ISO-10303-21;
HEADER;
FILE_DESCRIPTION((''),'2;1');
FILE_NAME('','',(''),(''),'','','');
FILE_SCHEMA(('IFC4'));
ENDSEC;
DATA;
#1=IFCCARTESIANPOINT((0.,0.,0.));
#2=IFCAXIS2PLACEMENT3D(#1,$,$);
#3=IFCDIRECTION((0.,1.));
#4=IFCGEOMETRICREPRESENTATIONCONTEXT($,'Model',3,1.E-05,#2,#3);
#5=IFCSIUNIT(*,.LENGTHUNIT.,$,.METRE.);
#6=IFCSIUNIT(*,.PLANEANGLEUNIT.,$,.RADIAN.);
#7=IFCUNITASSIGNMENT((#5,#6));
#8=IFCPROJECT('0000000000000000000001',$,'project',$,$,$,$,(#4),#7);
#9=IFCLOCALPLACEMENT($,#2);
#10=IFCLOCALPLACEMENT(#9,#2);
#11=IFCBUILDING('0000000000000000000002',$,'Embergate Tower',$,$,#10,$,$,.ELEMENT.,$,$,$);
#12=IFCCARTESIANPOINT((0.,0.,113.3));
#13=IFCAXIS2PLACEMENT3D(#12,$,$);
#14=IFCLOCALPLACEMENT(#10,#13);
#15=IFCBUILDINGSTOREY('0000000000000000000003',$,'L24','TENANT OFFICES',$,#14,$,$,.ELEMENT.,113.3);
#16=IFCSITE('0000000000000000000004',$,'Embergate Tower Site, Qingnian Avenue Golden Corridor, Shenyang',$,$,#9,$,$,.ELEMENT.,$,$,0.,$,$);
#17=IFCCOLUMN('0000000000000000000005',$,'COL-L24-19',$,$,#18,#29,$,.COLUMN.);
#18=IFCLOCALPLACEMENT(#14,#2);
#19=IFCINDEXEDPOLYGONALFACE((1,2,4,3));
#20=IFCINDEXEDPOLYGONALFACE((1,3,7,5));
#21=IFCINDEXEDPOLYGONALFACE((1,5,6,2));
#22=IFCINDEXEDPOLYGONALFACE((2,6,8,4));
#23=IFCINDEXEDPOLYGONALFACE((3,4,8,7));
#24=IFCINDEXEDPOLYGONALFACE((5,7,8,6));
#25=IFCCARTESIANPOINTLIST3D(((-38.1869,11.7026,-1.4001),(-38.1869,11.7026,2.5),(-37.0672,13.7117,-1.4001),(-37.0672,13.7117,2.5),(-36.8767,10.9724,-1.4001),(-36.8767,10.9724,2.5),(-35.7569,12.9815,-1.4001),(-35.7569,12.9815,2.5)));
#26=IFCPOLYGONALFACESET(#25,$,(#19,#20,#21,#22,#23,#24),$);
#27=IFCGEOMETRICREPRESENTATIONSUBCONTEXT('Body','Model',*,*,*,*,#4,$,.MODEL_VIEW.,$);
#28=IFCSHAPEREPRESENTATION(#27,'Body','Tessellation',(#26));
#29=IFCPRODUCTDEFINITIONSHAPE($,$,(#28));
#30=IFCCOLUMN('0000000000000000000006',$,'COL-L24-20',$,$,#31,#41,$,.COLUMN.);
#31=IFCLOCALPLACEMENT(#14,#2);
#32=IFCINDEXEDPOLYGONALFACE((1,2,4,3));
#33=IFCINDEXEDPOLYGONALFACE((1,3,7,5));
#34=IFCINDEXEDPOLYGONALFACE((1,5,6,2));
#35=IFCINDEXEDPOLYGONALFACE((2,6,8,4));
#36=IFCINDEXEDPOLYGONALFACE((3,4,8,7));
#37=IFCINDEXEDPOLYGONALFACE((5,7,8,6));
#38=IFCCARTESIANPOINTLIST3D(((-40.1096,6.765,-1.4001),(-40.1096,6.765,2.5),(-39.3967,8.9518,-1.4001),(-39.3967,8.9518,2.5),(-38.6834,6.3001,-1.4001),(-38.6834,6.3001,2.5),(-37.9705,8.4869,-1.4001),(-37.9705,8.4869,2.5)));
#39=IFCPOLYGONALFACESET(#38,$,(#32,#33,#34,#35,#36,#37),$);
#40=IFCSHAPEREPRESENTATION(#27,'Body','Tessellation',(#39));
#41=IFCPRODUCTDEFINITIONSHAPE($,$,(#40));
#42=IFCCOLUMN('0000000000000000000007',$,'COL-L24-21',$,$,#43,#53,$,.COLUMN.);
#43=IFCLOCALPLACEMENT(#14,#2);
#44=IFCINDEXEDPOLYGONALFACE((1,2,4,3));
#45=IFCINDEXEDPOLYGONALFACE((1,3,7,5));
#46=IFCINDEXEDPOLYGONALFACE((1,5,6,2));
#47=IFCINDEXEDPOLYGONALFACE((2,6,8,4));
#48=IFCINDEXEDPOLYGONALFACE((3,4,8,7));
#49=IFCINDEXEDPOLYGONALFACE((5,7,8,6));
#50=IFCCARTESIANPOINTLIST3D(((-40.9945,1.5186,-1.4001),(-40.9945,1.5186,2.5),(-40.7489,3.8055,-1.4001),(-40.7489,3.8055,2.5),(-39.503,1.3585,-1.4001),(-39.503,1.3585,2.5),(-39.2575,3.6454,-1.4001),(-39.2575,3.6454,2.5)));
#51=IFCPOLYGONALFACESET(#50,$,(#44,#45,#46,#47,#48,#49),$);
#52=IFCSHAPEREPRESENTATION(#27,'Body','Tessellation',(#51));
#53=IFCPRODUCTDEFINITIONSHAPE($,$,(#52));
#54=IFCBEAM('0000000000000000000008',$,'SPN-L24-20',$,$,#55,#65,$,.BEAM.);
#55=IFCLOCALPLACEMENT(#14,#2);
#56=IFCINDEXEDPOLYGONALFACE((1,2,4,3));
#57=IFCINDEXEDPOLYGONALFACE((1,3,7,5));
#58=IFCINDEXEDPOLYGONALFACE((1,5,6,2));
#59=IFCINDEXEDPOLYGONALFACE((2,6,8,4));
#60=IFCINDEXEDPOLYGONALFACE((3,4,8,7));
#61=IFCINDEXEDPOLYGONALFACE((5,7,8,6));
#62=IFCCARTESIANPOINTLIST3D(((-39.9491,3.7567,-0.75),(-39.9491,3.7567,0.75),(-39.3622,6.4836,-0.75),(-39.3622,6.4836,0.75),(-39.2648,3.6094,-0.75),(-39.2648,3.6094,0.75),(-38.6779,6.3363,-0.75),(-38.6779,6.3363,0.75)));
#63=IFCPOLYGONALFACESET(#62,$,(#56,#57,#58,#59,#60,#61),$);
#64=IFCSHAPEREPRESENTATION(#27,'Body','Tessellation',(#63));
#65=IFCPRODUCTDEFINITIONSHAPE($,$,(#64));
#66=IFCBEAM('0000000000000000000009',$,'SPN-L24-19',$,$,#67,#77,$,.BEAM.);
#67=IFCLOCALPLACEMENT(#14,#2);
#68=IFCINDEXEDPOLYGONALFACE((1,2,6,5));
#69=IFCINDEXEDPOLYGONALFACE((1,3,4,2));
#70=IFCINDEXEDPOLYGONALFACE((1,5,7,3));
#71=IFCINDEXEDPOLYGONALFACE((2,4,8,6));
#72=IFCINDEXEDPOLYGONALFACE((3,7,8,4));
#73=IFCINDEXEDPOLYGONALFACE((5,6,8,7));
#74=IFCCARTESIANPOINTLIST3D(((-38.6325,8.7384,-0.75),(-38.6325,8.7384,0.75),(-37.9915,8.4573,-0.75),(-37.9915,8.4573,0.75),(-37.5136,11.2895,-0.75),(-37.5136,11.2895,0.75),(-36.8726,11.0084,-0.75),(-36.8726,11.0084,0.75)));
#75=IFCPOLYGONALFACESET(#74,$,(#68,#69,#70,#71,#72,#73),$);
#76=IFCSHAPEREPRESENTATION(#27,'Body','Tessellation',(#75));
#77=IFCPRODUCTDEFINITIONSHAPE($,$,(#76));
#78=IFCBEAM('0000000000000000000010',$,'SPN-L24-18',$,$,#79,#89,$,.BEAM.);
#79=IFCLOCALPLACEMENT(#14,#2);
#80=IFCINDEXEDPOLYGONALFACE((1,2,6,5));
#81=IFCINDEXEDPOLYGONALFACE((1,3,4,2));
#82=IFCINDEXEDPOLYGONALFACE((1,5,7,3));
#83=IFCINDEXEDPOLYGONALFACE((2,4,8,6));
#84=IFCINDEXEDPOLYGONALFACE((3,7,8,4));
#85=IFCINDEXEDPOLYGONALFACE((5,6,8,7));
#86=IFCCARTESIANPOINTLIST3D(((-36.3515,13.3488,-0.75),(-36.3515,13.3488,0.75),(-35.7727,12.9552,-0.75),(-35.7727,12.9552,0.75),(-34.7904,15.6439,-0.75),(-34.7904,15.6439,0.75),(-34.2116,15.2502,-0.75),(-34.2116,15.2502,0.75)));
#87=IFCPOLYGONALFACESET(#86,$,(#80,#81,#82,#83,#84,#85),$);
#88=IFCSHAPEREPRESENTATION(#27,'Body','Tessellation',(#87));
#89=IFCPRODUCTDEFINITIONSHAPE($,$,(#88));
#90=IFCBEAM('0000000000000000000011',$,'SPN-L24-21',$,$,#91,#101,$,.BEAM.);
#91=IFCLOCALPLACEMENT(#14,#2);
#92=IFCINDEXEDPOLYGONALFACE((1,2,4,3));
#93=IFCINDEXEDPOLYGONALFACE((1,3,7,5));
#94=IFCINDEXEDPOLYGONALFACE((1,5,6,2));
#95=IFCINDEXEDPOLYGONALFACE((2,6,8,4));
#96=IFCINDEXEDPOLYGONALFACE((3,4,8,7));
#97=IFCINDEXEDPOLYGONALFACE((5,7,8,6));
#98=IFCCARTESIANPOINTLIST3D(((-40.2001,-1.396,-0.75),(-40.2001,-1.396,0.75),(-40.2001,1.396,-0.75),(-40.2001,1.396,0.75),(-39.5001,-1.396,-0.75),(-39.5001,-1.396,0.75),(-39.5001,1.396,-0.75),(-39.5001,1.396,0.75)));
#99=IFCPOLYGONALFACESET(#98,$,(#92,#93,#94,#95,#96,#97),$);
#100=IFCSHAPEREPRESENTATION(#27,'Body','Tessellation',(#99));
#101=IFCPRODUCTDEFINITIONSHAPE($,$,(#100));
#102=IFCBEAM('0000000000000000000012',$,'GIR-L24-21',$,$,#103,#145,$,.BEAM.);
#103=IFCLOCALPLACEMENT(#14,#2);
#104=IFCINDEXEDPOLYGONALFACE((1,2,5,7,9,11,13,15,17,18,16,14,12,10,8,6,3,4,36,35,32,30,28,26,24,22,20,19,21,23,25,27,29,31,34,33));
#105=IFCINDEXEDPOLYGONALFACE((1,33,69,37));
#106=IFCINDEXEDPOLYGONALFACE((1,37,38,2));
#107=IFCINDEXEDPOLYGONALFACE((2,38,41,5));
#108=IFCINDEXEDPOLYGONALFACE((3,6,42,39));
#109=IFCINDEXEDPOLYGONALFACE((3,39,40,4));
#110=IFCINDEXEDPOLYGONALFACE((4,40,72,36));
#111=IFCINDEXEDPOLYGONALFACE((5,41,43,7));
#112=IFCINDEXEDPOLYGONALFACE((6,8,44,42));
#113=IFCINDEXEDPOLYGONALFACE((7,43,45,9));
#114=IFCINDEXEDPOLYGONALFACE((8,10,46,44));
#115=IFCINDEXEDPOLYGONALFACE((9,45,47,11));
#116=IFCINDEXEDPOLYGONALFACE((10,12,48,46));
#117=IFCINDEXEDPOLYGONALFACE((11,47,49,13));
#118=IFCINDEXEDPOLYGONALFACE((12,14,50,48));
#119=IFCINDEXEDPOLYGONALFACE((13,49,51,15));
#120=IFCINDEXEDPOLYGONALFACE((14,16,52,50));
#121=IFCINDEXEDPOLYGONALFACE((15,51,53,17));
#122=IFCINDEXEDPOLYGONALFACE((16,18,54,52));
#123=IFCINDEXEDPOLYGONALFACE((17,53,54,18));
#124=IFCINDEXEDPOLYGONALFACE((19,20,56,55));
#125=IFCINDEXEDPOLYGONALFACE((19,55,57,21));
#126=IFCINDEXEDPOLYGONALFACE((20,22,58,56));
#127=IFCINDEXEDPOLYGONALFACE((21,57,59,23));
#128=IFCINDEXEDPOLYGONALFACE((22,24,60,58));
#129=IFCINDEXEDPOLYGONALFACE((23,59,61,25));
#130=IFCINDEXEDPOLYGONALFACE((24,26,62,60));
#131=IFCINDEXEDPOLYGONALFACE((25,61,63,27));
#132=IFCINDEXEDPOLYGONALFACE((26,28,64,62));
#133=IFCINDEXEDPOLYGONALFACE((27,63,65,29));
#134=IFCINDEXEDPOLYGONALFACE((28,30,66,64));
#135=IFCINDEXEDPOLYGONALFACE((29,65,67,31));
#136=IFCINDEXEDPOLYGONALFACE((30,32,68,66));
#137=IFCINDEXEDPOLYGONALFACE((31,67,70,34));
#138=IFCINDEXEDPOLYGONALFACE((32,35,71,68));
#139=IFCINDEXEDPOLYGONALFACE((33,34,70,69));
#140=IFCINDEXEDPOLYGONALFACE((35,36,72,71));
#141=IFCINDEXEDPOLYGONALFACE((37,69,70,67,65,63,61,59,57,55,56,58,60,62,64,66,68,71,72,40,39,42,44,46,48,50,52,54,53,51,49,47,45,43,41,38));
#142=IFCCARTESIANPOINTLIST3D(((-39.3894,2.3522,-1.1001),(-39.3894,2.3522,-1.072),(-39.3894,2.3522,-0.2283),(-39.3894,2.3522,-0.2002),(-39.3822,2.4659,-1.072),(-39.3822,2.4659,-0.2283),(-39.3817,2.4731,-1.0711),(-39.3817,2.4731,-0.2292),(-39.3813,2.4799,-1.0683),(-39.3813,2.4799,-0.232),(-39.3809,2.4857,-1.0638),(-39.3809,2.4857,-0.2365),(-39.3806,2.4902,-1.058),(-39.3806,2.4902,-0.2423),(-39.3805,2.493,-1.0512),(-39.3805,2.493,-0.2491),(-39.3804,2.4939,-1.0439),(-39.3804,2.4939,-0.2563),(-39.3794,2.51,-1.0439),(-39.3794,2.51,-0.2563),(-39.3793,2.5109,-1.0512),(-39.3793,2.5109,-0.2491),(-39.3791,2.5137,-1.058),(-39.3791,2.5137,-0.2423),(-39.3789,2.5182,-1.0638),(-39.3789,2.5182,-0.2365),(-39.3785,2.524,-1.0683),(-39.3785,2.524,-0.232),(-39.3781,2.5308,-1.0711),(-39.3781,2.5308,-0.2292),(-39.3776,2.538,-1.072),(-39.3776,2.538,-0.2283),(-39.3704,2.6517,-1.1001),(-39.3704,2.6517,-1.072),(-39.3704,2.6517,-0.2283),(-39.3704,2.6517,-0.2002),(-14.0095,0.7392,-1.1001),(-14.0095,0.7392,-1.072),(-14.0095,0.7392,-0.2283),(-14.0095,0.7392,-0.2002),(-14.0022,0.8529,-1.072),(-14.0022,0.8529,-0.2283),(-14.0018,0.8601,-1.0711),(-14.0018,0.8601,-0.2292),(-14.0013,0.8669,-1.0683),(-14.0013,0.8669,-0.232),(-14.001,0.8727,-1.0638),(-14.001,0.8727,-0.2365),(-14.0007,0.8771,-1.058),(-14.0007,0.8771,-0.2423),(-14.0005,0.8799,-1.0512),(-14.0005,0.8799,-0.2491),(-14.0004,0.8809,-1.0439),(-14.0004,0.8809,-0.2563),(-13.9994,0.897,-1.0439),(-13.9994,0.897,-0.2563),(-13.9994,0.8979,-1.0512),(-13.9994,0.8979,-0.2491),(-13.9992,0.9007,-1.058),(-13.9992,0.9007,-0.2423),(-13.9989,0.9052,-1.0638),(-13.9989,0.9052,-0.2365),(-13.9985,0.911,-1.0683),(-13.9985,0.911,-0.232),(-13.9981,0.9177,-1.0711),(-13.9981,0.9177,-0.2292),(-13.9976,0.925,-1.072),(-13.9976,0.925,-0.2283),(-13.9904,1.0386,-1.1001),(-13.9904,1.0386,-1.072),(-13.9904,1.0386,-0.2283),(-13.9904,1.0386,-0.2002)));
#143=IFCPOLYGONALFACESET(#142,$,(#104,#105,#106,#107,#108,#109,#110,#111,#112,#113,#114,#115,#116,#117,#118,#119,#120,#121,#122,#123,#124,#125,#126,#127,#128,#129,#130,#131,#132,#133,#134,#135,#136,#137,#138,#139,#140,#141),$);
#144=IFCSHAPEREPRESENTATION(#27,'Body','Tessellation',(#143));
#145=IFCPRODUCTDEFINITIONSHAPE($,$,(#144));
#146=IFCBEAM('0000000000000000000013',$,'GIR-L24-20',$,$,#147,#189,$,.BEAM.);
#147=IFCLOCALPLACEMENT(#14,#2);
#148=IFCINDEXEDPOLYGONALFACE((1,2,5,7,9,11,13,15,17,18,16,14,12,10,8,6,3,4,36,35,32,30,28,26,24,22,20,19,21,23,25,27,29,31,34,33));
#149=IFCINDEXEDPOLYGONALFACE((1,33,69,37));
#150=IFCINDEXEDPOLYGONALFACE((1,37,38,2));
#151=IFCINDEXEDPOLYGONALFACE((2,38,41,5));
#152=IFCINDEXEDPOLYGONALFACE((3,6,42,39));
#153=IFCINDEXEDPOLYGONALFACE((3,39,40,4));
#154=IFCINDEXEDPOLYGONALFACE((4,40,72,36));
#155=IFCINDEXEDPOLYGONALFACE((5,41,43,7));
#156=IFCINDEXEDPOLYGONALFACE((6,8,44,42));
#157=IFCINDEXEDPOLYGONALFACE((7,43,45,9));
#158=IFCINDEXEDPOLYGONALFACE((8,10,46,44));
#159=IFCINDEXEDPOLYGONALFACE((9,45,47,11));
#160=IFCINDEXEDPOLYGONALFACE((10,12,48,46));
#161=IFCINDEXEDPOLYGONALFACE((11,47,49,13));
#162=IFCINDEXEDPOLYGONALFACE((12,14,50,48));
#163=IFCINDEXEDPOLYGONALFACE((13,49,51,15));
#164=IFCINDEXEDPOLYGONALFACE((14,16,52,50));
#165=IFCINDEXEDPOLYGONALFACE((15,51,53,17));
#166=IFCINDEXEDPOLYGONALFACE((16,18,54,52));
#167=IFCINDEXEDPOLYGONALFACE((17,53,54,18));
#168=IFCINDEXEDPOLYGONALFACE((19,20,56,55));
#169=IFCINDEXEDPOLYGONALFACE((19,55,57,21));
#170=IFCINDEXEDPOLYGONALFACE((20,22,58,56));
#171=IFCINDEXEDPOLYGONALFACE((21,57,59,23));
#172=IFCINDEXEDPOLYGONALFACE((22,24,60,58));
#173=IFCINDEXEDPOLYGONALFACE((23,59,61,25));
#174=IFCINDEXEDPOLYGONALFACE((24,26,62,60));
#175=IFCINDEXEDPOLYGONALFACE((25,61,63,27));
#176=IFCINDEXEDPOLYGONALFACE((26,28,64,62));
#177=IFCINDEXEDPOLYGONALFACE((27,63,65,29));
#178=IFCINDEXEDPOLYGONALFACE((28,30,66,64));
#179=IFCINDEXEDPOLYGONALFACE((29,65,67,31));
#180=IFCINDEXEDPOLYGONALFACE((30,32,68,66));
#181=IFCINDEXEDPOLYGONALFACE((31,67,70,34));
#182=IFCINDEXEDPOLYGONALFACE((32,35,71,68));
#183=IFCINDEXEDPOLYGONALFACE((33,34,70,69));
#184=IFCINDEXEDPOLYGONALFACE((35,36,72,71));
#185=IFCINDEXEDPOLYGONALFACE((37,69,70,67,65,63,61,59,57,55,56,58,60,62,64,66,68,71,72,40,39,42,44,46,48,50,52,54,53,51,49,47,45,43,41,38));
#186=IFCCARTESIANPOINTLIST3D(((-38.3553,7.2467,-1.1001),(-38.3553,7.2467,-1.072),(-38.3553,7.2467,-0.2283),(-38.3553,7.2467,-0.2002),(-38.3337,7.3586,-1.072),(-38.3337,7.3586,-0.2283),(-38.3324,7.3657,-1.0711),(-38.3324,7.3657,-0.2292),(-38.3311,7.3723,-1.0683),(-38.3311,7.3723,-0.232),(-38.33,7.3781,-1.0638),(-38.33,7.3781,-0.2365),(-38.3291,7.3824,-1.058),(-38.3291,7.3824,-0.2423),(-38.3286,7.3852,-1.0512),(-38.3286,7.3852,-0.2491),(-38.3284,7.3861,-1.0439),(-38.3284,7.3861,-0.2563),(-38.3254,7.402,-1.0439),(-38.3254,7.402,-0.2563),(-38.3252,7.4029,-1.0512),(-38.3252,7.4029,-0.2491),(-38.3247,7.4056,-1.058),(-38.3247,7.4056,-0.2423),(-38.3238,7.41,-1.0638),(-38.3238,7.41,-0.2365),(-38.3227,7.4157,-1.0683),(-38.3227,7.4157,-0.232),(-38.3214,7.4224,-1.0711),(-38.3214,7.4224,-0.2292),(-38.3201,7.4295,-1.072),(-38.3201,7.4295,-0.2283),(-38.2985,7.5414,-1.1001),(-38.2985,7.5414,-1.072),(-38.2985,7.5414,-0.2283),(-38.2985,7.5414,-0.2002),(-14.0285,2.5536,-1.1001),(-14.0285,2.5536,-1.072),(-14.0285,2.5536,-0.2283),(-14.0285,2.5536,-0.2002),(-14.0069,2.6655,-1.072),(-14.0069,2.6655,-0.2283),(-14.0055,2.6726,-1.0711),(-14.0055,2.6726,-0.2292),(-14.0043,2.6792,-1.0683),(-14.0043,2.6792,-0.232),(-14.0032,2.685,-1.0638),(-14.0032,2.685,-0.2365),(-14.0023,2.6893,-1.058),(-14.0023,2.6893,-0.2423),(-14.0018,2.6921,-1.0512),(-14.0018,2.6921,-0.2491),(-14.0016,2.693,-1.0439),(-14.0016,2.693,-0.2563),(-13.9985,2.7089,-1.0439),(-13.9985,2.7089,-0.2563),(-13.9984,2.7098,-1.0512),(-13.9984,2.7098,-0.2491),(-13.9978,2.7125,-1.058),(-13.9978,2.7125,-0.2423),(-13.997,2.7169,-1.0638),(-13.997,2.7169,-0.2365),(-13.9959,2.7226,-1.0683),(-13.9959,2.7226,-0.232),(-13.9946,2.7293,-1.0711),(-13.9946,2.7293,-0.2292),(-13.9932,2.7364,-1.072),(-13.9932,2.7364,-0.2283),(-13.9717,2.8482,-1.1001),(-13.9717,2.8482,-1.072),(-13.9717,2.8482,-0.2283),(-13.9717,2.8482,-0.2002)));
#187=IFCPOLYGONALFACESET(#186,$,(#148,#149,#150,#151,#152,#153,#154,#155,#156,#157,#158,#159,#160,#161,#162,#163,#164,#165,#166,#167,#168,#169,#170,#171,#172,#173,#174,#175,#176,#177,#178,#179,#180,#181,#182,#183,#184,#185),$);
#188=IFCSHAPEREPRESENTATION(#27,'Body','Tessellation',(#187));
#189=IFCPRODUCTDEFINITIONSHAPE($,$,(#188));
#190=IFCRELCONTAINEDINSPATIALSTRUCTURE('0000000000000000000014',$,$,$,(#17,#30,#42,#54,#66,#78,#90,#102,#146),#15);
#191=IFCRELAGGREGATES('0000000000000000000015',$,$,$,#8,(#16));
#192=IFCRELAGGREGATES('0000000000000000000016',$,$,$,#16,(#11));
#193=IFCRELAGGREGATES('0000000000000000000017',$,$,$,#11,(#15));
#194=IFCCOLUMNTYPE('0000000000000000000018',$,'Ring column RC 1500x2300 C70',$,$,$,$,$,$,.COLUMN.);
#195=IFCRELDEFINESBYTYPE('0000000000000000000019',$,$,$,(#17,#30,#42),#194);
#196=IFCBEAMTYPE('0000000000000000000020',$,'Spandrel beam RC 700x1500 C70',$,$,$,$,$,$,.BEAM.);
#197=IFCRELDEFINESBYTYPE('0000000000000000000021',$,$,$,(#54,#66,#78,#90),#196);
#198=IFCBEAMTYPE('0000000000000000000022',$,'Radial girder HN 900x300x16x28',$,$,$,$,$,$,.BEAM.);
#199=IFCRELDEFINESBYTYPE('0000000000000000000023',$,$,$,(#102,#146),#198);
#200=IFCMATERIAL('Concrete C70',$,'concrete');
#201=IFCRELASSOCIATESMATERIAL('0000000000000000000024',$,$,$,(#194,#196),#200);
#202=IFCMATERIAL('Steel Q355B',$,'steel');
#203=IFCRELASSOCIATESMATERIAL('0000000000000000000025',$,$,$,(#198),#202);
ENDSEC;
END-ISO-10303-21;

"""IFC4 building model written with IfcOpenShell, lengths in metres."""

from ifc_helpers import new_model, si_unit, direction, frame, origin, origin_2d, place, context, subcontext, project, spatial, rectangle, i_section, extrude, source, transform, mapped, material, material_profile, profile_set, type_object, element, save


model = new_model("IFC4")

# Units and contexts
model_context = context("Model", 3, precision=1e-05, world=origin(), true_north=direction((0.0, 1.0)))
body_context = subcontext(model_context, "Body", "Model", "MODEL_VIEW")
ifc_project = project(units=[si_unit("LENGTHUNIT", "METRE"), si_unit("PLANEANGLEUNIT", "RADIAN")], contexts=[model_context])

# Site, building, storey
site_placement = place(None, origin())
site = spatial("IfcSite", under=ifc_project, at=site_placement, Name="Embergate Tower Site, Qingnian Avenue Golden Corridor, Shenyang", CompositionType="ELEMENT", RefElevation=0.0)
building_placement = place(site_placement, origin())
building = spatial("IfcBuilding", under=site, at=building_placement, Name="Embergate Tower", CompositionType="ELEMENT")
storey_placement = place(building_placement, frame((0.0, 0.0, 113.3)))
storey = spatial("IfcBuildingStorey", under=building, at=storey_placement, Name="L24", Description="TENANT OFFICES", CompositionType="ELEMENT", Elevation=113.3)

# Columns
ifc_material_1 = material(Name="Concrete C70", Category="concrete")
ifc_material_profile_1 = material_profile(ifc_material_1, rectangle(XDim=1.5, YDim=2.3, at=origin_2d()), Name="RC 1500x2300")
ifc_profile_set_1 = profile_set([ifc_material_profile_1], Name="Concrete C70")
column_type = type_object("IfcColumnType", Name="Ring column RC 1500x2300 C70", PredefinedType="COLUMN", material=ifc_profile_set_1)
shared_shape_1 = source(origin(), body_context, "Body", "SweptSolid", [
    extrude(rectangle(XDim=1.5, YDim=2.3, at=origin_2d()), origin(), (0.0, 0.0, 1.0), 3.9001),
])
for number, where, z_axis, x_axis, name in (
    (1, (-36.9719, 12.342, -1.4001), (0.0, 0.0, 1.0), (-0.8735, 0.486823, 0.0), "COL-L24-19"),
    (2, (-39.04, 7.626, -1.4001), (0.0, 0.0, 1.0), (-0.950754, 0.309946, 0.0), "COL-L24-20"),
    (3, (-40.126, 2.582, -1.4001), (0.0, 0.0, 1.0), (-0.994286, 0.10675, 0.0), "COL-L24-21"),
):
    element("IfcColumn", number, at=place(storey_placement, frame(where, z_axis=z_axis, x_axis=x_axis)), inside=storey, type_object=column_type, Name=name, PredefinedType="COLUMN", context=body_context, shape_type="MappedRepresentation", body=[
        mapped(shared_shape_1, transform((0.0, 0.0, 0.0))),
    ])

# Beams
ifc_material_profile_2 = material_profile(ifc_material_1, rectangle(XDim=0.7, YDim=1.5, at=origin_2d()), Name="RC 700x1500")
ifc_profile_set_2 = profile_set([ifc_material_profile_2], Name="Concrete C70")
beam_type_1 = type_object("IfcBeamType", Name="Spandrel beam RC 700x1500 C70", PredefinedType="BEAM", material=ifc_profile_set_2)
shared_shape_2 = source(origin(), body_context, "Body", "SweptSolid", [
    extrude(rectangle(XDim=0.7, YDim=1.5, at=origin_2d()), origin(), (0.0, 0.0, 1.0), 2.7893),
])
beam_1_placement = place(storey_placement, frame((-39.02, 6.4099, 0.0), z_axis=(-0.21042, -0.977611, 0.0), x_axis=(0.977611, -0.21042, 0.0)))
element("IfcBeam", 4, at=beam_1_placement, inside=storey, type_object=beam_type_1, Name="SPN-L24-20", PredefinedType="BEAM", context=body_context, shape_type="MappedRepresentation", body=[
    mapped(shared_shape_2, transform((0.0, 0.0, 0.0))),
])
shared_shape_3 = source(origin(), body_context, "Body", "SweptSolid", [
    extrude(rectangle(XDim=0.7, YDim=1.5, at=origin_2d()), origin(), (0.0, 0.0, 1.0), 2.7856),
])
beam_2_placement = place(storey_placement, frame((-37.1931, 11.1489, 0.0), z_axis=(-0.401669, -0.915785, 0.0), x_axis=(0.915785, -0.401669, 0.0)))
element("IfcBeam", 5, at=beam_2_placement, inside=storey, type_object=beam_type_1, Name="SPN-L24-19", PredefinedType="BEAM", context=body_context, shape_type="MappedRepresentation", body=[
    mapped(shared_shape_3, transform((0.0, 0.0, 0.0))),
])
shared_shape_4 = source(origin(), body_context, "Body", "SweptSolid", [
    extrude(rectangle(XDim=0.7, YDim=1.5, at=origin_2d()), origin(), (0.0, 0.0, 1.0), 2.7756),
])
beam_3_placement = place(storey_placement, frame((-34.501, 15.447, 0.0), z_axis=(-0.56243, -0.826845, 0.0), x_axis=(0.826845, -0.56243, 0.0)))
element("IfcBeam", 6, at=beam_3_placement, inside=storey, type_object=beam_type_1, Name="SPN-L24-18", PredefinedType="BEAM", context=body_context, shape_type="MappedRepresentation", body=[
    mapped(shared_shape_4, transform((0.0, 0.0, 0.0))),
])
shared_shape_5 = source(origin(), body_context, "Body", "SweptSolid", [
    extrude(rectangle(XDim=0.7, YDim=1.5, at=origin_2d()), origin(), (0.0, 0.0, 1.0), 2.792),
])
beam_4_placement = place(storey_placement, frame((-39.8501, 1.396, 0.0), z_axis=(0.0, -1.0, 0.0), x_axis=(1.0, 0.0, 0.0)))
element("IfcBeam", 7, at=beam_4_placement, inside=storey, type_object=beam_type_1, Name="SPN-L24-21", PredefinedType="BEAM", context=body_context, shape_type="MappedRepresentation", body=[
    mapped(shared_shape_5, transform((0.0, 0.0, 0.0))),
])
ifc_material_2 = material(Name="Steel Q355B", Category="steel")
ifc_material_profile_3 = material_profile(ifc_material_2, i_section(OverallWidth=0.3, OverallDepth=0.8999, WebThickness=0.0161, FlangeThickness=0.0281, FilletRadius=0.0281, at=origin_2d()), Name="HN 900x300x16x28")
ifc_profile_set_3 = profile_set([ifc_material_profile_3], Name="Steel Q355 grade B")
beam_type_2 = type_object("IfcBeamType", Name="Radial girder HN 900x300x16x28", PredefinedType="BEAM", material=ifc_profile_set_3)
shared_shape_6 = source(origin(), body_context, "Body", "SweptSolid", [
    extrude(i_section(OverallWidth=0.3, OverallDepth=0.8999, WebThickness=0.0161, FlangeThickness=0.0281, FilletRadius=0.0281, at=origin_2d()), origin(), (0.0, 0.0, 1.0), 25.4312),
])
beam_5_placement = place(storey_placement, frame((-39.3799, 2.502, -0.6501), z_axis=(0.997986, -0.063428, 0.0), x_axis=(0.063428, 0.997986, 0.0)))
element("IfcBeam", 8, at=beam_5_placement, inside=storey, type_object=beam_type_2, Name="GIR-L24-21", PredefinedType="BEAM", context=body_context, shape_type="MappedRepresentation", body=[
    mapped(shared_shape_6, transform((0.0, 0.0, 0.0))),
])
shared_shape_7 = source(origin(), body_context, "Body", "SweptSolid", [
    extrude(i_section(OverallWidth=0.3, OverallDepth=0.8999, WebThickness=0.0161, FlangeThickness=0.0281, FilletRadius=0.0281, at=origin_2d()), origin(), (0.0, 0.0, 1.0), 24.7754),
])
beam_6_placement = place(storey_placement, frame((-38.3269, 7.394, -0.6501), z_axis=(0.981895, -0.189426, 0.0), x_axis=(0.189426, 0.981895, 0.0)))
element("IfcBeam", 9, at=beam_6_placement, inside=storey, type_object=beam_type_2, Name="GIR-L24-20", PredefinedType="BEAM", context=body_context, shape_type="MappedRepresentation", body=[
    mapped(shared_shape_7, transform((0.0, 0.0, 0.0))),
])

save(model, "model.ifc")
